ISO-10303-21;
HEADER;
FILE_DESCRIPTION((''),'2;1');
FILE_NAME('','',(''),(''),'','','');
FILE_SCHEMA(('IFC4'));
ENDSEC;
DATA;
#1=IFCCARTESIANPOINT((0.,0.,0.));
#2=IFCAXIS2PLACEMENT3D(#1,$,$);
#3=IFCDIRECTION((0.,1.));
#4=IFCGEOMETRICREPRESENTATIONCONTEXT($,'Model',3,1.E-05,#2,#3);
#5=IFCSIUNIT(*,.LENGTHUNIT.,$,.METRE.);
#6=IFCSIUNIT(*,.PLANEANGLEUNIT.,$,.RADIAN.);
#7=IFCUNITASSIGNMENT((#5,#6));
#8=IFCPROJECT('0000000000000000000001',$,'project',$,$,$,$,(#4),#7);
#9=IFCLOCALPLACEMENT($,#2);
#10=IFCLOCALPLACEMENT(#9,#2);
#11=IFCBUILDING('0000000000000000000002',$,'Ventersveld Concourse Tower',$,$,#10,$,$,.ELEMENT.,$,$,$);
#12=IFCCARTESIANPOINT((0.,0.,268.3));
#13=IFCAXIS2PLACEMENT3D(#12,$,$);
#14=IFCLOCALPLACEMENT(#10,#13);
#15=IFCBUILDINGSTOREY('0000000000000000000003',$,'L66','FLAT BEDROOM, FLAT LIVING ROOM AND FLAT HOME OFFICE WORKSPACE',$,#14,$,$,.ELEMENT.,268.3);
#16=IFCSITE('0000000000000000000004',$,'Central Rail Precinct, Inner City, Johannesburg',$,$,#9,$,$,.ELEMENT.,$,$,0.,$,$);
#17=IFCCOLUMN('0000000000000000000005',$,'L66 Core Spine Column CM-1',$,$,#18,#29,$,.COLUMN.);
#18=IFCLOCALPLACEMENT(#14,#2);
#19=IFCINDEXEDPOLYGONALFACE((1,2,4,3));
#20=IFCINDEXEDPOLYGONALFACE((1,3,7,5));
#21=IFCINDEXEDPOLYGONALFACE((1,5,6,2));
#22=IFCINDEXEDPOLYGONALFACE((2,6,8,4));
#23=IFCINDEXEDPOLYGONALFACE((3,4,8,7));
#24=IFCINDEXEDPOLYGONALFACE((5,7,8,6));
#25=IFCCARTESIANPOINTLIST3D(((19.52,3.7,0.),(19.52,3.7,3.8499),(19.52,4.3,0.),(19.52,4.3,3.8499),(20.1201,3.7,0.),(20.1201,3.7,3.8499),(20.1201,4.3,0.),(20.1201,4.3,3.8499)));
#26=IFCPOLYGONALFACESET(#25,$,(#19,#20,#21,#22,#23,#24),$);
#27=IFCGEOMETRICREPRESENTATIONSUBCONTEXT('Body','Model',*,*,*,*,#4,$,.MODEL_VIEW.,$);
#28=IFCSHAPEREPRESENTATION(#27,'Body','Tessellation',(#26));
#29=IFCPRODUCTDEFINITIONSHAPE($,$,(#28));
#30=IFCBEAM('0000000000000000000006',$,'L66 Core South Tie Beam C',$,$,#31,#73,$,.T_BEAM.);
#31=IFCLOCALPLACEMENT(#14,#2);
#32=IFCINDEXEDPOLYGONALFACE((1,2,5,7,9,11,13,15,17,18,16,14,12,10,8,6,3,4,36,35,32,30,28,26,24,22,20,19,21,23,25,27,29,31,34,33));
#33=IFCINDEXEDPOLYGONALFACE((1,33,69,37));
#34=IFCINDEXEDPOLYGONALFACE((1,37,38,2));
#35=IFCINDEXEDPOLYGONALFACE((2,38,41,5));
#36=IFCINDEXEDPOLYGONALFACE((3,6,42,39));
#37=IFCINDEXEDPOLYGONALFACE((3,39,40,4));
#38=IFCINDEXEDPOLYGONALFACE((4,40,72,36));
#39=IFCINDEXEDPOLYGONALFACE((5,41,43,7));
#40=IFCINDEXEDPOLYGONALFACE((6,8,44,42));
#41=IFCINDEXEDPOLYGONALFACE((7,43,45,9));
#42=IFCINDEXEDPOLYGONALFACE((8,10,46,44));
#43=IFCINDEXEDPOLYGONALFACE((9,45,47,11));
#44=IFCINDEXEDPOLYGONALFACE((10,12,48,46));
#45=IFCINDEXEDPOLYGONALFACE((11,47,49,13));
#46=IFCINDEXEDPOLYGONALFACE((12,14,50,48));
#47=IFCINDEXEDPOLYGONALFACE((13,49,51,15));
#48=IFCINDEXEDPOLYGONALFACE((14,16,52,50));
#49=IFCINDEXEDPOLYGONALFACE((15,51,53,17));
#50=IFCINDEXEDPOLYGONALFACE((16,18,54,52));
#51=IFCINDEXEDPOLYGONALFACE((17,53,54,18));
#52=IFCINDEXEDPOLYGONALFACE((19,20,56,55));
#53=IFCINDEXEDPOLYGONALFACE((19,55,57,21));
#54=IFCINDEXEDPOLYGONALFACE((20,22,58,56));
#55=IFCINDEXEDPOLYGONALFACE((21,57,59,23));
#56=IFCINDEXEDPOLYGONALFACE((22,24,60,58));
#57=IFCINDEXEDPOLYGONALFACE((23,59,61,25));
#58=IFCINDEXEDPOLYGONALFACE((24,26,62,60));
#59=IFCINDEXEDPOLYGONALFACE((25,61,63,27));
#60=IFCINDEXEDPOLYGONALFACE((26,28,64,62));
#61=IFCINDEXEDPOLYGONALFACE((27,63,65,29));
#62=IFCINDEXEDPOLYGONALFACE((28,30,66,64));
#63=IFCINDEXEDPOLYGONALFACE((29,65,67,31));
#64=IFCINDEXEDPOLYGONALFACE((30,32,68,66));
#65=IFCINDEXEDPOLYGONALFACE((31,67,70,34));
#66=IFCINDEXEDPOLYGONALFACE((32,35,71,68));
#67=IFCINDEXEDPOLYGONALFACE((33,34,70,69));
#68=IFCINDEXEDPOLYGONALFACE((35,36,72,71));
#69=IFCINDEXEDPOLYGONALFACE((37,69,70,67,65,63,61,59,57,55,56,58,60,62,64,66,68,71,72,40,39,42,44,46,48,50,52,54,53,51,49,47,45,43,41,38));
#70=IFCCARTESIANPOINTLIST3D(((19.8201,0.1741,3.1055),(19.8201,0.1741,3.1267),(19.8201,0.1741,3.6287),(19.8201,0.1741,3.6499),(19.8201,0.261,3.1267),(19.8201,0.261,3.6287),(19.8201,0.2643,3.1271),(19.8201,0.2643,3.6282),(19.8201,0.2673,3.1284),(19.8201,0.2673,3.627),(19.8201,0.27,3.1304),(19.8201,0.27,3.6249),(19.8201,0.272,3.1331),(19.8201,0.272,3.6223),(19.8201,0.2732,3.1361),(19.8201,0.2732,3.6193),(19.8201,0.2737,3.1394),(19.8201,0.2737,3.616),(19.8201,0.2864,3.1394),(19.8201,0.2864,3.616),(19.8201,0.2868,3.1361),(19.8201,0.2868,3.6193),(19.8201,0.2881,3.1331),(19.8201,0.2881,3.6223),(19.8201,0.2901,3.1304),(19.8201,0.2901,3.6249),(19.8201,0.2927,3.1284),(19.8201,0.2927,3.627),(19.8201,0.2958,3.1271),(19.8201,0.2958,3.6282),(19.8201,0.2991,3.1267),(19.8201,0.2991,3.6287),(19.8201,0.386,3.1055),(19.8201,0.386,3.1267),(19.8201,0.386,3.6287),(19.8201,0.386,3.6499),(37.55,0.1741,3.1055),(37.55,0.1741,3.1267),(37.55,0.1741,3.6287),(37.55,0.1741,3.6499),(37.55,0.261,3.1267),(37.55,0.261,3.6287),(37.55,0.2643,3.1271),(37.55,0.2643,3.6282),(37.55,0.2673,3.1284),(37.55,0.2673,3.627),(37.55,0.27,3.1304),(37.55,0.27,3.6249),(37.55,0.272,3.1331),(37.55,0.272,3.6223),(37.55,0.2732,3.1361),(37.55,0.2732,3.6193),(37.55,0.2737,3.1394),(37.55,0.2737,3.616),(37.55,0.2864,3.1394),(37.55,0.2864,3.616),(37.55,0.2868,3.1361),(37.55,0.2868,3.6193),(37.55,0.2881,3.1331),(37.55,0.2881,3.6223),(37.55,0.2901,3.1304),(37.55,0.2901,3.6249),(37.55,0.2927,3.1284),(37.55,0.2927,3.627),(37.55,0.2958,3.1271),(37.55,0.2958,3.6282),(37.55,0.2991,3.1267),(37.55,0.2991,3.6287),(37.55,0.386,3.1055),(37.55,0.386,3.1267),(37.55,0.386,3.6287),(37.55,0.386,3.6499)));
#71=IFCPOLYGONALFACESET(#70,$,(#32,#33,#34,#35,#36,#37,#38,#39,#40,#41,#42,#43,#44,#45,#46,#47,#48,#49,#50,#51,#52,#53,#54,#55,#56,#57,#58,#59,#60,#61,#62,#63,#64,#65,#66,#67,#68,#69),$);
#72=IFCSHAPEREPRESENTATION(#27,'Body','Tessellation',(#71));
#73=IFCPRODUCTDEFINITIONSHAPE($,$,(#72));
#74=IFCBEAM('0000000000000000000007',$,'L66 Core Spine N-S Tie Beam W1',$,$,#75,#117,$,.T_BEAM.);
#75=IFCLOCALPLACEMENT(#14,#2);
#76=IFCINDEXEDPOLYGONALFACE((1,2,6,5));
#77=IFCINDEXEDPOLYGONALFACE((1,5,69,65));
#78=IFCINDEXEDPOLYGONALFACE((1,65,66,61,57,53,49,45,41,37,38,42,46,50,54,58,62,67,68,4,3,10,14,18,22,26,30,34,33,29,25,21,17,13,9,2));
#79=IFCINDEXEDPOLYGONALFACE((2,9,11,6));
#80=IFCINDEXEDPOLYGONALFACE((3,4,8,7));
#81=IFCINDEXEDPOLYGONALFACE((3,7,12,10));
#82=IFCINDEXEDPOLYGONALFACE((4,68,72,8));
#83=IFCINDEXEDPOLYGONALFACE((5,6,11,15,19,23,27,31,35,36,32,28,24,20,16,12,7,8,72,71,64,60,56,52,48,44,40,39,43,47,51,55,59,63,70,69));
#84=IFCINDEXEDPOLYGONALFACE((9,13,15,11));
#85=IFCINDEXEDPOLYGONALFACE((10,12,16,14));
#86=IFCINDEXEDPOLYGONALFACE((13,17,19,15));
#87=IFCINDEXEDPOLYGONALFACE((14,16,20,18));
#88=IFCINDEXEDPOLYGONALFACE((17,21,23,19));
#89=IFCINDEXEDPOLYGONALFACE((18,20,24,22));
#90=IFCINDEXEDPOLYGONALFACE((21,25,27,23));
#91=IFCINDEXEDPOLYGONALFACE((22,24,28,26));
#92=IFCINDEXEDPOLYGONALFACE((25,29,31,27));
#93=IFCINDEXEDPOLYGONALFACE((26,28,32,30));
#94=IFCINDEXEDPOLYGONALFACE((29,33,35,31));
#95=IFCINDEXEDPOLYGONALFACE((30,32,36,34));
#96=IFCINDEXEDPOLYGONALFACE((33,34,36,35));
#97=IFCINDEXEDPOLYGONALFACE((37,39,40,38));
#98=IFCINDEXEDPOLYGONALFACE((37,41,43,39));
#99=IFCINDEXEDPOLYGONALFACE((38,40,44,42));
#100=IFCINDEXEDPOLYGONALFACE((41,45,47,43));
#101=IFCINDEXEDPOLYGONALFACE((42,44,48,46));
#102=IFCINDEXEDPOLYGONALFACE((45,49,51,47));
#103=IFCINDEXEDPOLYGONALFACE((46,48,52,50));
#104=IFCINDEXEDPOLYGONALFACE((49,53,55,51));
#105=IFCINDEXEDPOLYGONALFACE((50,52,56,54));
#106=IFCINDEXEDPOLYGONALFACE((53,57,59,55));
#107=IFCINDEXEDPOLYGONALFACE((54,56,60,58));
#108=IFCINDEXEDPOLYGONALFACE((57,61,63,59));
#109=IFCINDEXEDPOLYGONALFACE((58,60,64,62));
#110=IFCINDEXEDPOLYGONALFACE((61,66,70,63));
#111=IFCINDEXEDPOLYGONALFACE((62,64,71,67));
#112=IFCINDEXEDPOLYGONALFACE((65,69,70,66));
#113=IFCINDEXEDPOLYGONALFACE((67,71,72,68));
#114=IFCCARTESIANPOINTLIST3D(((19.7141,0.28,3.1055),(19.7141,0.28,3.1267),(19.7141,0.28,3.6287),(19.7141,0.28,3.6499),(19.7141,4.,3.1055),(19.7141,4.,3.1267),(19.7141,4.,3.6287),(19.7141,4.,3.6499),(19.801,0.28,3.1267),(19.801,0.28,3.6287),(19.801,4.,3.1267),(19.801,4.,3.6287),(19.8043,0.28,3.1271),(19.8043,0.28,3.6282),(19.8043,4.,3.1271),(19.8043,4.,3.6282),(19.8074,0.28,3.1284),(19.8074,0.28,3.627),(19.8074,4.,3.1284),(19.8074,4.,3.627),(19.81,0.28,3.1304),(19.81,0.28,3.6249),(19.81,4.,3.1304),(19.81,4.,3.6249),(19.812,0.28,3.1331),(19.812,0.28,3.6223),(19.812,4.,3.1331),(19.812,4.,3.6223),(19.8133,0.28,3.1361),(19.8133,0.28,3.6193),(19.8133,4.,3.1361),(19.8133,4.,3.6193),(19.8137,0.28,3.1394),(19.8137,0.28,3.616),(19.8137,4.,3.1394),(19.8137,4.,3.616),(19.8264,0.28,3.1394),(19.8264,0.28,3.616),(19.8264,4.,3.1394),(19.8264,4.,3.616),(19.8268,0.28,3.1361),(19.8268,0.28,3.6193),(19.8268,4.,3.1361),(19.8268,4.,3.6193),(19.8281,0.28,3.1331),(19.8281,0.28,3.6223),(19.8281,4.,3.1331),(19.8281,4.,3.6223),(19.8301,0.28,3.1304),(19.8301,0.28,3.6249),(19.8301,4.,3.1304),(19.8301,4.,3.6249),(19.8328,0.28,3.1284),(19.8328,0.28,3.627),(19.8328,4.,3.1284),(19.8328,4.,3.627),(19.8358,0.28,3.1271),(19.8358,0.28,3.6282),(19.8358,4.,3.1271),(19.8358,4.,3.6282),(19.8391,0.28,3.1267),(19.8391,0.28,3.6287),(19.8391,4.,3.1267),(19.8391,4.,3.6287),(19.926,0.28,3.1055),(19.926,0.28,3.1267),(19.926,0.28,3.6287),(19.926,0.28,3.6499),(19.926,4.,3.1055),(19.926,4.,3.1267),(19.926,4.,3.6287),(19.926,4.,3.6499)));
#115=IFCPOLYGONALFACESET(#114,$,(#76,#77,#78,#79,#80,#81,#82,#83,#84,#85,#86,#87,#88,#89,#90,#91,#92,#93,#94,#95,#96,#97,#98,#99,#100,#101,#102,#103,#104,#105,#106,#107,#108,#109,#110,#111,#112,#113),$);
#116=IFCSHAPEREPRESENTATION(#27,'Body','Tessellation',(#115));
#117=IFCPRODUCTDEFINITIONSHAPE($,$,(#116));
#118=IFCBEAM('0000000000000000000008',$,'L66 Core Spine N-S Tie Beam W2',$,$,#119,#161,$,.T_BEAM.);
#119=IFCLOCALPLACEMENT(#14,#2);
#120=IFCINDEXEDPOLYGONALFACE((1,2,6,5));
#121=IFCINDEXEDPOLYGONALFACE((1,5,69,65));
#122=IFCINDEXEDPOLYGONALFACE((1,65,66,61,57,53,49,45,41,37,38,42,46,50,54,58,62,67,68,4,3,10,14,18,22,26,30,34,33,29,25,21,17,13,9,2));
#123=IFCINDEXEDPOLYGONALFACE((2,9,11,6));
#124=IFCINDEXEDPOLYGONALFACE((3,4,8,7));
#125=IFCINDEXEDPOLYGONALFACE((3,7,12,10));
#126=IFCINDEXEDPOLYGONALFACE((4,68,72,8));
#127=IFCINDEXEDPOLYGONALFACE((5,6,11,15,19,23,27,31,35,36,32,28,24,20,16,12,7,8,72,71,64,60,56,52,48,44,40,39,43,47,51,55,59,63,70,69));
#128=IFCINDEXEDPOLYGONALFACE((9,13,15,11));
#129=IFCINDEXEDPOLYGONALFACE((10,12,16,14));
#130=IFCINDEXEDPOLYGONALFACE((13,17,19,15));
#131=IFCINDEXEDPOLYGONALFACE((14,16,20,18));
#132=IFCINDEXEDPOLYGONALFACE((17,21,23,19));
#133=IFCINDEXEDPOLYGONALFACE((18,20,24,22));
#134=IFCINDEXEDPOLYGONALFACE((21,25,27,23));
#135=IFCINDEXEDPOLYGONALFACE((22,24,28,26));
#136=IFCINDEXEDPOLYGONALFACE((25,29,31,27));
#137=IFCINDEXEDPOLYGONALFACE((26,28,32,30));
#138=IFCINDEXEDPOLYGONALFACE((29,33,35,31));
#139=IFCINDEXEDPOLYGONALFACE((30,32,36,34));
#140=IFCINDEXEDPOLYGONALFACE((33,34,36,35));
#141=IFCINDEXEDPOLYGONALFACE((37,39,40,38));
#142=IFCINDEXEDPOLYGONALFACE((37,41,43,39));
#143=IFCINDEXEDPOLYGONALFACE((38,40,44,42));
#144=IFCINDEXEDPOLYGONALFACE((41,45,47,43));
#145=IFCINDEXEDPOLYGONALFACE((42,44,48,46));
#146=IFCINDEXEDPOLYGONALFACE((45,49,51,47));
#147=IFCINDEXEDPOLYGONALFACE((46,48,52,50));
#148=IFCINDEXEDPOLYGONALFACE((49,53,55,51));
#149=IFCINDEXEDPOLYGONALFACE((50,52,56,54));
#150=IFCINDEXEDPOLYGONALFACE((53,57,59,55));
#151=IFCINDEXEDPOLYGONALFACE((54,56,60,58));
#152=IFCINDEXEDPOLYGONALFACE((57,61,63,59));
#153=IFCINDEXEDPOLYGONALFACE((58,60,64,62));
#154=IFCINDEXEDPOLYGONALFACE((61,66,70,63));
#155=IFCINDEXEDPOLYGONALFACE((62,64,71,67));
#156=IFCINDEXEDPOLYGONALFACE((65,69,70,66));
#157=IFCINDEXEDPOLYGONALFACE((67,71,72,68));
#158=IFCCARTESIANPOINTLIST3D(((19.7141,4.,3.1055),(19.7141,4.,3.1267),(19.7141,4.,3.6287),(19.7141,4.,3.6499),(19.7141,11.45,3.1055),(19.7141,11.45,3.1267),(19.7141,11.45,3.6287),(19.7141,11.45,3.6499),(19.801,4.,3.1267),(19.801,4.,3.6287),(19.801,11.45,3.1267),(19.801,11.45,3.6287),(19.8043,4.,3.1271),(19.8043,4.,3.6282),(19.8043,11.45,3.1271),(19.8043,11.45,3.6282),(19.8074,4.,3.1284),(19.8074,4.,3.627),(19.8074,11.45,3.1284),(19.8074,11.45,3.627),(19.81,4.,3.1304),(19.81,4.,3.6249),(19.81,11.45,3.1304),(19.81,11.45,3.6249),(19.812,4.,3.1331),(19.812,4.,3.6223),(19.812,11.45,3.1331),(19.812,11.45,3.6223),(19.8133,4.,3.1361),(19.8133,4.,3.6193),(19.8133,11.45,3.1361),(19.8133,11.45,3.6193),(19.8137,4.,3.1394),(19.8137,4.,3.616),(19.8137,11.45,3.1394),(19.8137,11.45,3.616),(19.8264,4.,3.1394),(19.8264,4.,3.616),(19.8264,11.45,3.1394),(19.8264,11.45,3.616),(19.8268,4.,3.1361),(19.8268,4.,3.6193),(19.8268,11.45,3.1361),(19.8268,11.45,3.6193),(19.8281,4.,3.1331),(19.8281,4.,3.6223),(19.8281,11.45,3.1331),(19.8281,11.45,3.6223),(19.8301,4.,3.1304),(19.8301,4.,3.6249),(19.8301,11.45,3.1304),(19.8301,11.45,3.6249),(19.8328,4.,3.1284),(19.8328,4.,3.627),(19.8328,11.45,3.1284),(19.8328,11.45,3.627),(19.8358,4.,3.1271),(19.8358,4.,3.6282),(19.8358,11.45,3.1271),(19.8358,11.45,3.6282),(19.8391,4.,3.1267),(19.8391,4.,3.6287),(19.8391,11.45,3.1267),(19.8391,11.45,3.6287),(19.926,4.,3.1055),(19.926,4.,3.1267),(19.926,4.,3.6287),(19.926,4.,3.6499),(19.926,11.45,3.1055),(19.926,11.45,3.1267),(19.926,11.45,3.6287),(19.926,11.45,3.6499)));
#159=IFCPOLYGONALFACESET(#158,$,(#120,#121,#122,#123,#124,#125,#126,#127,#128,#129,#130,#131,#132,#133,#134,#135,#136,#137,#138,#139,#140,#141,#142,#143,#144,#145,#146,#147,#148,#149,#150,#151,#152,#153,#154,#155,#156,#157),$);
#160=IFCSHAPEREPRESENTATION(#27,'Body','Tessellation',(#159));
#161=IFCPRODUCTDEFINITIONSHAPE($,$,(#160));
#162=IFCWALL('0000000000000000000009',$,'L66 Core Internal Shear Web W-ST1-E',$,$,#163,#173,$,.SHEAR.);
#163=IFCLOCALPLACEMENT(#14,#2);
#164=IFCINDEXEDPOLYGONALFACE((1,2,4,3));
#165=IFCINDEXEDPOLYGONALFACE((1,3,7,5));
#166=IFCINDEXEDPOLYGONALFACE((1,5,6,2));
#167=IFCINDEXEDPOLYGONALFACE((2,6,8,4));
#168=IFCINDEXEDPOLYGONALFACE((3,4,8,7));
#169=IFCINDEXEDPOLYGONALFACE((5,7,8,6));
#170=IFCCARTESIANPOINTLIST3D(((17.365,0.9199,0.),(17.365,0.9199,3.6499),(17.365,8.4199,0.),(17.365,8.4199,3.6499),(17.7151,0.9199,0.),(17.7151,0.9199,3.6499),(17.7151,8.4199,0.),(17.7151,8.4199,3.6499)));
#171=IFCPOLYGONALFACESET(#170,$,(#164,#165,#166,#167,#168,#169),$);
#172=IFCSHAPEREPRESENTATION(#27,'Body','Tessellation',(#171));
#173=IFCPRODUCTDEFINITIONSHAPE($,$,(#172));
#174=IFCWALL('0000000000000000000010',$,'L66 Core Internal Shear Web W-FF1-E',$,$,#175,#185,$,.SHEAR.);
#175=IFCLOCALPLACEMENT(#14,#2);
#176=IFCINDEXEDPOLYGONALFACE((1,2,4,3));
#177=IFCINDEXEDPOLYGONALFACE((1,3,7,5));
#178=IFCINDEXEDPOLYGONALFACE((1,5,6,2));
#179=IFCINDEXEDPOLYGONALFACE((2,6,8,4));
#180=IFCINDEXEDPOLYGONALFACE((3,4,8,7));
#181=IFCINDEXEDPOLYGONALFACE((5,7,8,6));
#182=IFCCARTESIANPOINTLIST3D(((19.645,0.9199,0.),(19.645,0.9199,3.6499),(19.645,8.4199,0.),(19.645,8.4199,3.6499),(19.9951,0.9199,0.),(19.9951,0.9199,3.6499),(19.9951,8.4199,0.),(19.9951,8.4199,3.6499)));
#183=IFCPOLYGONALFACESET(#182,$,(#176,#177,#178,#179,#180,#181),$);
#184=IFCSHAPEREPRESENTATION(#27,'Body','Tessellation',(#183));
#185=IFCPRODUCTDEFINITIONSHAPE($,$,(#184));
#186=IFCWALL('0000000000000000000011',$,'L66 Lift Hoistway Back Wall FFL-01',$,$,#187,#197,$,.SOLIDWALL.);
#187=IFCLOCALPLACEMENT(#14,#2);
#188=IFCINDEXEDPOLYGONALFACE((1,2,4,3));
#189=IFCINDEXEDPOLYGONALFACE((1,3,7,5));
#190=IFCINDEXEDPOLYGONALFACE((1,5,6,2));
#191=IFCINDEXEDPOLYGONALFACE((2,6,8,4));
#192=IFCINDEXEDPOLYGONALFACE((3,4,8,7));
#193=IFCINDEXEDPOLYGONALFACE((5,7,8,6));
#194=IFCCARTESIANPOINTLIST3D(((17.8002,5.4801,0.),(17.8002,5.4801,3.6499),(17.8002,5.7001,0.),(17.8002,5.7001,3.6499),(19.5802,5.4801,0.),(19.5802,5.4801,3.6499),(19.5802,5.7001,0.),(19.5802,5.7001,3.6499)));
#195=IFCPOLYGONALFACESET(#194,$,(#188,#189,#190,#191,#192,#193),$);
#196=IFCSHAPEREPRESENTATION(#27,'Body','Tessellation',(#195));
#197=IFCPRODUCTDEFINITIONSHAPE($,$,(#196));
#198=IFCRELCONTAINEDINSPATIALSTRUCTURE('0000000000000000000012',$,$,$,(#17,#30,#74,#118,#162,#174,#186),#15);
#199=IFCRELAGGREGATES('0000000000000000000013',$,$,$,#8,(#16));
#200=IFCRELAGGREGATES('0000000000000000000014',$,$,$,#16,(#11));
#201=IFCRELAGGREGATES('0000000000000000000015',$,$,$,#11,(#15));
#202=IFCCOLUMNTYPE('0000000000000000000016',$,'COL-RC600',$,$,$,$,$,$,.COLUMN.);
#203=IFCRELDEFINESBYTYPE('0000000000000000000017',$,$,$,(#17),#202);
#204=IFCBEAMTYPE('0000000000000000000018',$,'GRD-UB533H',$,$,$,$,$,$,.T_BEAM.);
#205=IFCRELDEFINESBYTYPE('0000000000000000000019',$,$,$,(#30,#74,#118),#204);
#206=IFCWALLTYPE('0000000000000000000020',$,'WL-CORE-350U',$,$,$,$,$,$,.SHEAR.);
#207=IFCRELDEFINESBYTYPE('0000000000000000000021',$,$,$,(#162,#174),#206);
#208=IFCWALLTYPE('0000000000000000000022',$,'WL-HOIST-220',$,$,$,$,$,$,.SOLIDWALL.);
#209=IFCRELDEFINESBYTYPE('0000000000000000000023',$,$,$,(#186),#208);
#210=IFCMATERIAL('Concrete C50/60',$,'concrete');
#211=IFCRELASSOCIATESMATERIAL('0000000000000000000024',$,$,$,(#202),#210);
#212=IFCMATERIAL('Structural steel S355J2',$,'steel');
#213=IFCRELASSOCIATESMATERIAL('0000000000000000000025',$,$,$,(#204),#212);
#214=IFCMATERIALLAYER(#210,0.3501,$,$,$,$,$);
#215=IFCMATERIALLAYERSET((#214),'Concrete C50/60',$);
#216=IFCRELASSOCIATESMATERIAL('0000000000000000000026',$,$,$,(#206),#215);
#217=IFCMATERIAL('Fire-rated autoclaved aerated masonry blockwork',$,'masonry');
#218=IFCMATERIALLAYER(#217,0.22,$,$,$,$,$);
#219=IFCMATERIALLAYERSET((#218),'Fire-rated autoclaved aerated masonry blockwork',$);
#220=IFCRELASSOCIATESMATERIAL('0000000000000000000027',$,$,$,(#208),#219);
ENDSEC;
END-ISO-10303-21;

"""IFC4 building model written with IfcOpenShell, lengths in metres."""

from ifc_helpers import new_model, si_unit, direction, frame, frame_2d, origin, origin_2d, place, context, subcontext, project, spatial, rectangle, i_section, extrude, material, layer, layer_set, material_profile, profile_set, type_object, element, save


model = new_model("IFC4")

# Units and contexts
model_context = context("Model", 3, precision=1e-05, world=origin(), true_north=direction((0.0, 1.0)))
body_context = subcontext(model_context, "Body", "Model", "MODEL_VIEW")
ifc_project = project(units=[si_unit("LENGTHUNIT", "METRE"), si_unit("PLANEANGLEUNIT", "RADIAN")], contexts=[model_context])

# Site, building, storey
site_placement = place(None, origin())
site = spatial("IfcSite", under=ifc_project, at=site_placement, Name="Central Rail Precinct, Inner City, Johannesburg", CompositionType="ELEMENT", RefElevation=0.0)
building_placement = place(site_placement, origin())
building = spatial("IfcBuilding", under=site, at=building_placement, Name="Ventersveld Concourse Tower", CompositionType="ELEMENT")
storey_placement = place(building_placement, frame((0.0, 0.0, 268.3)))
storey = spatial("IfcBuildingStorey", under=building, at=storey_placement, Name="L66", Description="FLAT BEDROOM, FLAT LIVING ROOM AND FLAT HOME OFFICE WORKSPACE", CompositionType="ELEMENT", Elevation=268.3)

# Column
ifc_material_1 = material(Name="Concrete C50/60", Category="concrete")
ifc_material_profile_1 = material_profile(ifc_material_1, rectangle(XDim=0.6001, YDim=0.6001, at=origin_2d()), Name="RC 600x600")
ifc_profile_set_1 = profile_set([ifc_material_profile_1], Name="Concrete C50/60")
column_type = type_object("IfcColumnType", Name="COL-RC600", PredefinedType="COLUMN", material=ifc_profile_set_1)
column_placement = place(storey_placement, frame((19.8201, 4.0, 0.0), z_axis=(0.0, 0.0, 1.0), x_axis=(1.0, 0.0, 0.0)))
element("IfcColumn", 1, at=column_placement, inside=storey, type_object=column_type, Name="L66 Core Spine Column CM-1", PredefinedType="COLUMN", context=body_context, shape_type="SweptSolid", body=[
    extrude(rectangle(XDim=0.6001, YDim=0.6001, at=origin_2d()), origin(), (0.0, 0.0, 1.0), 3.8499),
])

# Beams
ifc_material_2 = material(Name="Structural steel S355J2", Category="steel")
ifc_material_profile_2 = material_profile(ifc_material_2, i_section(OverallWidth=0.2119, OverallDepth=0.5444, WebThickness=0.0127, FlangeThickness=0.0212, FilletRadius=0.0127, at=origin_2d()), Name="UB 533x210x122")
ifc_profile_set_2 = profile_set([ifc_material_profile_2], Name="Structural steel S355J2")
beam_type = type_object("IfcBeamType", Name="GRD-UB533H", PredefinedType="T_BEAM", material=ifc_profile_set_2)
beam_1_placement = place(storey_placement, frame((19.8201, 0.28, 3.3777), z_axis=(1.0, 0.0, 0.0), x_axis=(0.0, 1.0, 0.0)))
element("IfcBeam", 2, at=beam_1_placement, inside=storey, type_object=beam_type, Name="L66 Core South Tie Beam C", PredefinedType="T_BEAM", context=body_context, shape_type="SweptSolid", body=[
    extrude(i_section(OverallWidth=0.2119, OverallDepth=0.5444, WebThickness=0.0127, FlangeThickness=0.0212, FilletRadius=0.0127, at=origin_2d()), origin(), (0.0, 0.0, 1.0), 17.73),
])
beam_2_placement = place(storey_placement, frame((19.8201, 0.28, 3.3777), z_axis=(0.0, 1.0, 0.0), x_axis=(-1.0, 0.0, 0.0)))
element("IfcBeam", 3, at=beam_2_placement, inside=storey, type_object=beam_type, Name="L66 Core Spine N-S Tie Beam W1", PredefinedType="T_BEAM", context=body_context, shape_type="SweptSolid", body=[
    extrude(i_section(OverallWidth=0.2119, OverallDepth=0.5444, WebThickness=0.0127, FlangeThickness=0.0212, FilletRadius=0.0127, at=origin_2d()), origin(), (0.0, 0.0, 1.0), 3.72),
])
beam_3_placement = place(storey_placement, frame((19.8201, 4.0, 3.3777), z_axis=(0.0, 1.0, 0.0), x_axis=(-1.0, 0.0, 0.0)))
element("IfcBeam", 4, at=beam_3_placement, inside=storey, type_object=beam_type, Name="L66 Core Spine N-S Tie Beam W2", PredefinedType="T_BEAM", context=body_context, shape_type="SweptSolid", body=[
    extrude(i_section(OverallWidth=0.2119, OverallDepth=0.5444, WebThickness=0.0127, FlangeThickness=0.0212, FilletRadius=0.0127, at=origin_2d()), origin(), (0.0, 0.0, 1.0), 7.45),
])

# Walls
ifc_layer_1 = layer(ifc_material_1, 0.3501)
ifc_layer_set_1 = layer_set([ifc_layer_1], Name="Concrete C50/60")
wall_type_1 = type_object("IfcWallType", Name="WL-CORE-350U", PredefinedType="SHEAR", material=ifc_layer_set_1)
for number, where, z_axis, x_axis, name in (
    (5, (17.54, 0.9199, 0.0), (0.0, 0.0, 1.0), (0.0, 1.0, 0.0), "L66 Core Internal Shear Web W-ST1-E"),
    (6, (19.8201, 0.9199, 0.0), (0.0, 0.0, 1.0), (0.0, 1.0, 0.0), "L66 Core Internal Shear Web W-FF1-E"),
):
    element("IfcWall", number, at=place(storey_placement, frame(where, z_axis=z_axis, x_axis=x_axis)), inside=storey, type_object=wall_type_1, Name=name, PredefinedType="SHEAR", context=body_context, shape_type="SweptSolid", body=[
        extrude(rectangle(XDim=7.5, YDim=0.3501, at=frame_2d((3.75, 0.0))), origin(), (0.0, 0.0, 1.0), 3.6499),
    ])
ifc_material_3 = material(Name="Fire-rated autoclaved aerated masonry blockwork", Category="masonry")
ifc_layer_2 = layer(ifc_material_3, 0.22)
ifc_layer_set_2 = layer_set([ifc_layer_2], Name="Fire-rated autoclaved aerated masonry blockwork")
wall_type_2 = type_object("IfcWallType", Name="WL-HOIST-220", PredefinedType="SOLIDWALL", material=ifc_layer_set_2)
wall_1_placement = place(storey_placement, frame((17.8, 5.5901, 0.0), z_axis=(0.0, 0.0, 1.0), x_axis=(1.0, 0.0, 0.0)))
element("IfcWall", 7, at=wall_1_placement, inside=storey, type_object=wall_type_2, Name="L66 Lift Hoistway Back Wall FFL-01", PredefinedType="SOLIDWALL", context=body_context, shape_type="SweptSolid", body=[
    extrude(rectangle(XDim=1.78, YDim=0.22, at=frame_2d((0.8901, 0.0))), origin(), (0.0, 0.0, 1.0), 3.6499),
])

save(model, "model.ifc")
